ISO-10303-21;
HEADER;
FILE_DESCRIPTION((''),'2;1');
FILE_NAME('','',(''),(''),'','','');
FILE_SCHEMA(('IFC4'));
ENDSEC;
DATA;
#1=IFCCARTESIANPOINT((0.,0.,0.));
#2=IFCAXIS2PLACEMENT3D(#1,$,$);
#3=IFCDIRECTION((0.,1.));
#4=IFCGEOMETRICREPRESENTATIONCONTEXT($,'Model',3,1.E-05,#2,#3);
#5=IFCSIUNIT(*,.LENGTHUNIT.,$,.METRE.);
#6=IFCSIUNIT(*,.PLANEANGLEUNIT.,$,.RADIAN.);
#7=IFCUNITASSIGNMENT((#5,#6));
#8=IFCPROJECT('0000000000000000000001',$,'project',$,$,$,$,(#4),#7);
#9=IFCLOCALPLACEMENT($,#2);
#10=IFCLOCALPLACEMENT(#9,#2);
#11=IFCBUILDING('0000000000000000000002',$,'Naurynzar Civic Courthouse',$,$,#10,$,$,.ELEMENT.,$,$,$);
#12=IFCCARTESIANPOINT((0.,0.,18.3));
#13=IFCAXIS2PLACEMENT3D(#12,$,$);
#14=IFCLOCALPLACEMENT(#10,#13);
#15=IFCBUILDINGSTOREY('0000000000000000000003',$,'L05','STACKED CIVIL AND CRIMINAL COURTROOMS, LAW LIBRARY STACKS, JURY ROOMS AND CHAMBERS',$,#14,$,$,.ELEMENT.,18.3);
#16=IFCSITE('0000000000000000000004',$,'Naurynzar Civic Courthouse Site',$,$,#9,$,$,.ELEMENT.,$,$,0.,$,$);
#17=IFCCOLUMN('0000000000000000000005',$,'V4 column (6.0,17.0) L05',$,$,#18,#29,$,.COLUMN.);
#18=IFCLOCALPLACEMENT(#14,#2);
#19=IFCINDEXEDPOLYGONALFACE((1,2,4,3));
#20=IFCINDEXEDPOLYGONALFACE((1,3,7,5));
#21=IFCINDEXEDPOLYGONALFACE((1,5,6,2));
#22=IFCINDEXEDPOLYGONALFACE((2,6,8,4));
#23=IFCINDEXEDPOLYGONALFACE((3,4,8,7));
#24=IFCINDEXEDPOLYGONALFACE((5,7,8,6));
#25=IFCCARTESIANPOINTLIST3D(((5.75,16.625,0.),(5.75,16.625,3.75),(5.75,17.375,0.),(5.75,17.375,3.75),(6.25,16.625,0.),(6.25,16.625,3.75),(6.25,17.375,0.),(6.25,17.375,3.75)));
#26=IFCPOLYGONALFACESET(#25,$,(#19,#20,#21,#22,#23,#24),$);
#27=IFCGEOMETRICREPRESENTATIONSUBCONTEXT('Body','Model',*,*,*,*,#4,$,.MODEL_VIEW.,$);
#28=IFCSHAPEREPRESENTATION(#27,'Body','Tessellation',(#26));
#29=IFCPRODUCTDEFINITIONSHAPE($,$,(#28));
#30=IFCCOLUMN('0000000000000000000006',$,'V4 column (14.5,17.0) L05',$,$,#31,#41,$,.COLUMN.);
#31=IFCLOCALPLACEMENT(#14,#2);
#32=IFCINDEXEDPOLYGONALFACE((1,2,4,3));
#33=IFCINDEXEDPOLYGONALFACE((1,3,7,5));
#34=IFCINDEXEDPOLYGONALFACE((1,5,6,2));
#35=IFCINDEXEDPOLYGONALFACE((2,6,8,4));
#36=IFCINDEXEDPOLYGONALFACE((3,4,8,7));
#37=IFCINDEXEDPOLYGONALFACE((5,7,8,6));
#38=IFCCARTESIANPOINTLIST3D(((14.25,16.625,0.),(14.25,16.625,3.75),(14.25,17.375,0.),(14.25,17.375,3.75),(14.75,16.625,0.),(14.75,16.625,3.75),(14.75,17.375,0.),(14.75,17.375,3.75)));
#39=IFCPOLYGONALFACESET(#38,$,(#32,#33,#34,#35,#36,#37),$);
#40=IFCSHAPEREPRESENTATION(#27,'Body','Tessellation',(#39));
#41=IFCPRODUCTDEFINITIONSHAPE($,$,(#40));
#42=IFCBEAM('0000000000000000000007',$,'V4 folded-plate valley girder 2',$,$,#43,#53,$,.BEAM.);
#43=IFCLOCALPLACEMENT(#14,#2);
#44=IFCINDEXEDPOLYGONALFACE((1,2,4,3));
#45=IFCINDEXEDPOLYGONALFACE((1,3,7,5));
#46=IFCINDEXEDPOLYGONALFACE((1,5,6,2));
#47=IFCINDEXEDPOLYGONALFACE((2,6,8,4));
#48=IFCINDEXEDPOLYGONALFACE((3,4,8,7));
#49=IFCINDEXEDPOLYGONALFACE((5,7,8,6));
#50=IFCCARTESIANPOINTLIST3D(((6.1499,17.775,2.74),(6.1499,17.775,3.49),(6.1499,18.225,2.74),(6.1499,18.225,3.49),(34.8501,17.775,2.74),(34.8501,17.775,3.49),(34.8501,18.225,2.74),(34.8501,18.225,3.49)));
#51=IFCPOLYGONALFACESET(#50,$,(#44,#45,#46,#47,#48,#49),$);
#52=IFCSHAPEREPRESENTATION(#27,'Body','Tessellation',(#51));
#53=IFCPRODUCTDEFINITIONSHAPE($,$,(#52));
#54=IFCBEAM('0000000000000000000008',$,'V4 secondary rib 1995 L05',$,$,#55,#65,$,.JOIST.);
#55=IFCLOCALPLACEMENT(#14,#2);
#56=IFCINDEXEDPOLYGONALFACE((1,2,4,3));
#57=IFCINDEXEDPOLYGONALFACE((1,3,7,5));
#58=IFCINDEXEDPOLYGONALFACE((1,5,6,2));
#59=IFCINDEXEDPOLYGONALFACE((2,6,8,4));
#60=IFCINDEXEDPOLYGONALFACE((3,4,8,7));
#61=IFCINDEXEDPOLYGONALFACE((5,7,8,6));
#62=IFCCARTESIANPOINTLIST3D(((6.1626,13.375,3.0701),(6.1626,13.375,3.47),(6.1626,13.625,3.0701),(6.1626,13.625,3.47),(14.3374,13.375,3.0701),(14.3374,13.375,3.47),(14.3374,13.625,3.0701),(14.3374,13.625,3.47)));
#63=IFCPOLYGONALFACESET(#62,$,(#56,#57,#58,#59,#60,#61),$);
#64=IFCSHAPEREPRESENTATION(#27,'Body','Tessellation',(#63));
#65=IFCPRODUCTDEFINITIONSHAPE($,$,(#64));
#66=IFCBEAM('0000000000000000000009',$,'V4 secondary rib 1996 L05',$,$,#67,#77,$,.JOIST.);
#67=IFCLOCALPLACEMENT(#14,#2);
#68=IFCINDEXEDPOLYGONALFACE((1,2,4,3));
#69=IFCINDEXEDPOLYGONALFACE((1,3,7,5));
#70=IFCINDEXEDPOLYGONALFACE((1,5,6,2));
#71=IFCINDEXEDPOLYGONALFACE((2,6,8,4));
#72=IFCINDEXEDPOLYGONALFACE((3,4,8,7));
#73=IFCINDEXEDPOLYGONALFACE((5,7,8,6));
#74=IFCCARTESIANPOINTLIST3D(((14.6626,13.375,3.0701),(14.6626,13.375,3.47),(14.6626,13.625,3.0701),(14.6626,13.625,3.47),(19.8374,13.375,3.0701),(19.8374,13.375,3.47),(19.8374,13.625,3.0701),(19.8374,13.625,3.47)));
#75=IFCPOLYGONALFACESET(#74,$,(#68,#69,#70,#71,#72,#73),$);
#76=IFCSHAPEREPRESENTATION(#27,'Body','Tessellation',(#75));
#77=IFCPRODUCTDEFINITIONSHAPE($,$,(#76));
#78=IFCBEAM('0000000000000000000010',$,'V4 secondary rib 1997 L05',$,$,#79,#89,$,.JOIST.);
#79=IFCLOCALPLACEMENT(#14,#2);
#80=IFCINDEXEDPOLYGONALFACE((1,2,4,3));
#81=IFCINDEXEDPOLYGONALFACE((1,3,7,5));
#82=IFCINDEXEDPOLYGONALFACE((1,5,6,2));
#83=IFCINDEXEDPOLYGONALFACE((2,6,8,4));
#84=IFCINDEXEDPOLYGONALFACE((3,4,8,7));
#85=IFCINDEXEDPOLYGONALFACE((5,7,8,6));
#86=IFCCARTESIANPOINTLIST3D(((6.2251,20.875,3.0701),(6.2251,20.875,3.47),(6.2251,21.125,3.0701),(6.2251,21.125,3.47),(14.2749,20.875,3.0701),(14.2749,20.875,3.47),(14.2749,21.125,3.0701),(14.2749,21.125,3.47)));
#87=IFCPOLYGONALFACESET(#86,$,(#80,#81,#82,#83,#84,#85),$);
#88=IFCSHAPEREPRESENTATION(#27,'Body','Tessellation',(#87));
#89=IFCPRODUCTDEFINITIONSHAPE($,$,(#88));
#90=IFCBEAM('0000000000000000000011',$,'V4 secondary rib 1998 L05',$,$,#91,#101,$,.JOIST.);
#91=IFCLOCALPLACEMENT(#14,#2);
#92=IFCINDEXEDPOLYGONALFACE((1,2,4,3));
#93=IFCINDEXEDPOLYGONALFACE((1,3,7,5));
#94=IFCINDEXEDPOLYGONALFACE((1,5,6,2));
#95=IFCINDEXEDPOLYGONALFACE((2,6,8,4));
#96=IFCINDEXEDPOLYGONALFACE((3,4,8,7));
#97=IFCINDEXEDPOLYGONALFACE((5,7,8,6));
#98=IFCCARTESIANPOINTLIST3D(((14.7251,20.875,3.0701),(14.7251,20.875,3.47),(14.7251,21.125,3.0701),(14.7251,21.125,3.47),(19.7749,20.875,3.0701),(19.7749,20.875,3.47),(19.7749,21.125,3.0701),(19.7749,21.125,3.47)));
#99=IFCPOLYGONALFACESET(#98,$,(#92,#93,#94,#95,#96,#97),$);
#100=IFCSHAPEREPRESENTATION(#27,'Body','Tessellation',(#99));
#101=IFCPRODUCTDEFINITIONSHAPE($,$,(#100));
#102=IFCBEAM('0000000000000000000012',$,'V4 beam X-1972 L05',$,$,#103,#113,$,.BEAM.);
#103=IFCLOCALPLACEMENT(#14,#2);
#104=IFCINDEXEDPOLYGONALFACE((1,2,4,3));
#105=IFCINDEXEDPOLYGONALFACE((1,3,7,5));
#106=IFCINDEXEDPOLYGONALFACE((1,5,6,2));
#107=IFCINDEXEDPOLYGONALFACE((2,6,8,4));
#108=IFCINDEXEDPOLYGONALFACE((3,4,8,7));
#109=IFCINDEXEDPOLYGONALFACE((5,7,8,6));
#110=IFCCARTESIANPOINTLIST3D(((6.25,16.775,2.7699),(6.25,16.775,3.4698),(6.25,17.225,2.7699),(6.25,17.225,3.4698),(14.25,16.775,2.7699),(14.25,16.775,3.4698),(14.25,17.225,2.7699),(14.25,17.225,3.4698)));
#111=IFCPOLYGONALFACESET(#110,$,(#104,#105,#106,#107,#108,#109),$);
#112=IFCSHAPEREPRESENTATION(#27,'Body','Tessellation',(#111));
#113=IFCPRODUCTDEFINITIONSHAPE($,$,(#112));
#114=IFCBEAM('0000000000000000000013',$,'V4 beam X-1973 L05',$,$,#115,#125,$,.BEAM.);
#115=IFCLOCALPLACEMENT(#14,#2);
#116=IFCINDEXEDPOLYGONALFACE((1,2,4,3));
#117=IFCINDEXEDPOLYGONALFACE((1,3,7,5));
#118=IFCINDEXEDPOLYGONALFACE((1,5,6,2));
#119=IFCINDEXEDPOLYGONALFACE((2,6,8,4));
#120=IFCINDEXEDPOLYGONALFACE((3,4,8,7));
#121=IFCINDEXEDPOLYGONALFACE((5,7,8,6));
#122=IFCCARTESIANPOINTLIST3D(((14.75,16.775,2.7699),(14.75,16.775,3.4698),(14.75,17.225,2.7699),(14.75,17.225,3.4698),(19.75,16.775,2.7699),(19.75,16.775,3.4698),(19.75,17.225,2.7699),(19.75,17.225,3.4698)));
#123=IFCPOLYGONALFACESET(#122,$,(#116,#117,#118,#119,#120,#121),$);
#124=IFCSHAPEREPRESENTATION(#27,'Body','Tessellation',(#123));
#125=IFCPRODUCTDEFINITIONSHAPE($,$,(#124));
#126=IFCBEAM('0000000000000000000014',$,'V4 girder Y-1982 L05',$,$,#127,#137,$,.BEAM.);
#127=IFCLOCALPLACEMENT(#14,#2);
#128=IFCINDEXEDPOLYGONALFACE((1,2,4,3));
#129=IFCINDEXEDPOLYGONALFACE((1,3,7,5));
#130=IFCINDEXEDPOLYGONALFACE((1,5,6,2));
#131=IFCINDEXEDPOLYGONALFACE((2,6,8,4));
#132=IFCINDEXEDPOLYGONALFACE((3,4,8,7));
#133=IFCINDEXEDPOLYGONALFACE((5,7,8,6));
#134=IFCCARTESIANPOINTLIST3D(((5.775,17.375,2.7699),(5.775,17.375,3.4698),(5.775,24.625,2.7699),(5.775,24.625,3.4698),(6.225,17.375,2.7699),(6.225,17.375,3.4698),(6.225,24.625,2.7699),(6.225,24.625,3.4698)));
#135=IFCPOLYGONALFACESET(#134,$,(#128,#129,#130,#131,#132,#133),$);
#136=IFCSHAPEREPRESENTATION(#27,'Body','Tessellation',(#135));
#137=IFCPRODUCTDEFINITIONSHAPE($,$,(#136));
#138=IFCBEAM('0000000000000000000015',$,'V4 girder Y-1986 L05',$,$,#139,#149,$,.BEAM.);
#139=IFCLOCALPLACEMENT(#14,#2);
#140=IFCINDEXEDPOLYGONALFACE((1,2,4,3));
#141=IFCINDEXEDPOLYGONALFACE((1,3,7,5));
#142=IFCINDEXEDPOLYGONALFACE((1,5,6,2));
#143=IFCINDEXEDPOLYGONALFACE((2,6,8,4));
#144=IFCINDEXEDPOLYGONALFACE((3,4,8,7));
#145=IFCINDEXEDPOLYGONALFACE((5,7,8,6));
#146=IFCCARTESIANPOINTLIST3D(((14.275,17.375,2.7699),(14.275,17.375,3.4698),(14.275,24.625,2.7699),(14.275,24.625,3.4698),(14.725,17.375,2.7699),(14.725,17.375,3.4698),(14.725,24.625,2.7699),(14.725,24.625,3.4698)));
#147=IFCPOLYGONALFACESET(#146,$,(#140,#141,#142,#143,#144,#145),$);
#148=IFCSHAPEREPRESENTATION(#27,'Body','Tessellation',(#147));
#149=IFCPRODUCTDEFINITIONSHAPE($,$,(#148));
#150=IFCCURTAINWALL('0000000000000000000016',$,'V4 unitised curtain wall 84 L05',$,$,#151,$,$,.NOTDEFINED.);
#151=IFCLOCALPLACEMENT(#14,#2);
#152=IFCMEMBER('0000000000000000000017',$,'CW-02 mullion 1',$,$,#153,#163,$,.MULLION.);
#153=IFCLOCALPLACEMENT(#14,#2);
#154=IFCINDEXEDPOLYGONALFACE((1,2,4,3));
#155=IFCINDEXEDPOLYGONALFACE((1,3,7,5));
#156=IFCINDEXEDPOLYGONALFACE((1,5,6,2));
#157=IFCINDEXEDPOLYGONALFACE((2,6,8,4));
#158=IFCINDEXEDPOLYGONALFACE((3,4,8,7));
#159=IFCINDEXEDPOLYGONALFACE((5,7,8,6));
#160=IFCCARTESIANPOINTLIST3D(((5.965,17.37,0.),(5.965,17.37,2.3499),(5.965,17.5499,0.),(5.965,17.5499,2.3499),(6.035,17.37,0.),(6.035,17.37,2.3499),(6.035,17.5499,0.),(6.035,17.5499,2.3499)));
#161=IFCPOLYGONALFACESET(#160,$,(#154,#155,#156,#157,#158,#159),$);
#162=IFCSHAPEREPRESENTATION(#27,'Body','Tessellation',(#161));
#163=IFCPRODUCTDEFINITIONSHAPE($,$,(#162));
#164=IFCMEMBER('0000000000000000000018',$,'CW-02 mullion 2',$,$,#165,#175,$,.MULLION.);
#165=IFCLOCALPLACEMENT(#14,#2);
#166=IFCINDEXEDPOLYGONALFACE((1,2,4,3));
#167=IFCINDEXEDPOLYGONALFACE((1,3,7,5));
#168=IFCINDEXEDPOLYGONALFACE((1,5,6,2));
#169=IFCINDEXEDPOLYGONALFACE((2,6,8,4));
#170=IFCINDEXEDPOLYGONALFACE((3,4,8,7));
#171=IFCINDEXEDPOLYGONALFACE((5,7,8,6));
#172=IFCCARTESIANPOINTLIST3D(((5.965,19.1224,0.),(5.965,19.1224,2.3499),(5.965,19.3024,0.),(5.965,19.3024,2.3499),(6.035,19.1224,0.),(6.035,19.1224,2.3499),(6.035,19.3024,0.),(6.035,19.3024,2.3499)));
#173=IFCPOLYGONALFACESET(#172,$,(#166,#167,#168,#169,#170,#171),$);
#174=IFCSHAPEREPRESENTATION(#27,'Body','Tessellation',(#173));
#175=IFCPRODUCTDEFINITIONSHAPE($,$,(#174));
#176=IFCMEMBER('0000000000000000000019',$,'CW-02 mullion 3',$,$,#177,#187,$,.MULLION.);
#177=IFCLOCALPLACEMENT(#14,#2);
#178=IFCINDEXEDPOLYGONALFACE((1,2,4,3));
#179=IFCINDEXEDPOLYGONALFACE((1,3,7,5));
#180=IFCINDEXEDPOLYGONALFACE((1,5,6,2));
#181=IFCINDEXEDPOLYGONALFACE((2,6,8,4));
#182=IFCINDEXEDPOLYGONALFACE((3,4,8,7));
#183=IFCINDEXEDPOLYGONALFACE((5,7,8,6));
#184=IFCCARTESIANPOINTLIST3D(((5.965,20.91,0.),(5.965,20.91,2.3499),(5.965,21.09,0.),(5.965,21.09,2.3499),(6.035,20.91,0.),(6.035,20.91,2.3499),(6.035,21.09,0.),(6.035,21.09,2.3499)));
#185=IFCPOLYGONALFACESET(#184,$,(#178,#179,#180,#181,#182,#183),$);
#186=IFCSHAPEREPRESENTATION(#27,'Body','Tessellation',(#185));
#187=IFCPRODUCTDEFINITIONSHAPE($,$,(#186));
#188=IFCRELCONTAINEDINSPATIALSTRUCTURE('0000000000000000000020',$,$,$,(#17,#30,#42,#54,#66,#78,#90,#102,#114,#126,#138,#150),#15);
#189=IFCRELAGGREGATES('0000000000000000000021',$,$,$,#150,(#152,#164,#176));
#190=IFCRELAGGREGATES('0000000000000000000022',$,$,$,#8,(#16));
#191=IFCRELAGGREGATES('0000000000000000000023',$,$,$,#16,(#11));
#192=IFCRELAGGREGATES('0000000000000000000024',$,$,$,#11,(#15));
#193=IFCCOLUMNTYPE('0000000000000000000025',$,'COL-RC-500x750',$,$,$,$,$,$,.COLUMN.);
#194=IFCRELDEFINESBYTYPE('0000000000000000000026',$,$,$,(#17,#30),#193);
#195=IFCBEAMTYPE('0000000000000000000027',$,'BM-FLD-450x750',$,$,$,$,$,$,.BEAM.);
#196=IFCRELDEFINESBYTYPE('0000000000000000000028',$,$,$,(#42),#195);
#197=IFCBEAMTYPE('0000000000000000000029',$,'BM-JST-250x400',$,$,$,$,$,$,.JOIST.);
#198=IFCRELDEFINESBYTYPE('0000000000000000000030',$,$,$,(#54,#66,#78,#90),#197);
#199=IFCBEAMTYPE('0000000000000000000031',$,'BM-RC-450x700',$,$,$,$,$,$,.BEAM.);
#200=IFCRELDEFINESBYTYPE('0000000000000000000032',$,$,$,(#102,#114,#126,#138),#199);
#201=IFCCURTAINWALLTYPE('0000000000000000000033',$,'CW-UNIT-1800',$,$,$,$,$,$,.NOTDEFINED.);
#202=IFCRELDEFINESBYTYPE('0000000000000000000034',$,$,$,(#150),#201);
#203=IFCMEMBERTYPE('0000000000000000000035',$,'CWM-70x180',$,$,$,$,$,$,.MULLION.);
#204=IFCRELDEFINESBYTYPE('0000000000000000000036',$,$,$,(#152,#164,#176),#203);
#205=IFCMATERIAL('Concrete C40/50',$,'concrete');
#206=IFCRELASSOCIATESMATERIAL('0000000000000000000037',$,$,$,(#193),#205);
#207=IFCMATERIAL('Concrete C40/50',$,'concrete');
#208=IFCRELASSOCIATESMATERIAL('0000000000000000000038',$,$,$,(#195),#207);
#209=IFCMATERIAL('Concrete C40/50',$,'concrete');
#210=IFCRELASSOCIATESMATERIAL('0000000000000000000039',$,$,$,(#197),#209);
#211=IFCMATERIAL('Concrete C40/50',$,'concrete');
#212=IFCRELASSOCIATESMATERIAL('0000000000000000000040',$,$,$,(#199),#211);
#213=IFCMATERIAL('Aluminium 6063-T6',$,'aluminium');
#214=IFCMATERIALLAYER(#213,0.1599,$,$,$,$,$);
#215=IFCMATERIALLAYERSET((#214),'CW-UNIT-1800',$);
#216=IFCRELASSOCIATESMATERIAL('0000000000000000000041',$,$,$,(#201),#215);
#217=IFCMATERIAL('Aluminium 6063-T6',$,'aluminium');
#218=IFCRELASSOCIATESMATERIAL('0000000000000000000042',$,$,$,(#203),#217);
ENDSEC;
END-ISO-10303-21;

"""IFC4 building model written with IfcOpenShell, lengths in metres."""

from ifc_helpers import new_model, si_unit, direction, frame, origin, origin_2d, place, context, subcontext, project, spatial, rectangle, extrude, material, layer, layer_set, material_profile, profile_set, type_object, element, aggregate, save


model = new_model("IFC4")

# Units and contexts
model_context = context("Model", 3, precision=1e-05, world=origin(), true_north=direction((0.0, 1.0)))
body_context = subcontext(model_context, "Body", "Model", "MODEL_VIEW")
ifc_project = project(units=[si_unit("LENGTHUNIT", "METRE"), si_unit("PLANEANGLEUNIT", "RADIAN")], contexts=[model_context])

# Site, building, storey
site_placement = place(None, origin())
site = spatial("IfcSite", under=ifc_project, at=site_placement, Name="Naurynzar Civic Courthouse Site", CompositionType="ELEMENT", RefElevation=0.0)
building_placement = place(site_placement, origin())
building = spatial("IfcBuilding", under=site, at=building_placement, Name="Naurynzar Civic Courthouse", CompositionType="ELEMENT")
storey_placement = place(building_placement, frame((0.0, 0.0, 18.3)))
storey = spatial("IfcBuildingStorey", under=building, at=storey_placement, Name="L05", Description="STACKED CIVIL AND CRIMINAL COURTROOMS, LAW LIBRARY STACKS, JURY ROOMS AND CHAMBERS", CompositionType="ELEMENT", Elevation=18.3)

# Columns
ifc_material_1 = material(Name="Concrete C40/50", Category="concrete")
ifc_material_profile_1 = material_profile(ifc_material_1, rectangle(XDim=0.5, YDim=0.75, at=origin_2d()), Name="RC 500x750")
ifc_profile_set_1 = profile_set([ifc_material_profile_1], Name="Concrete C40/50")
column_type = type_object("IfcColumnType", Name="COL-RC-500x750", PredefinedType="COLUMN", material=ifc_profile_set_1)
for number, where, z_axis, x_axis, name in (
    (1, (6.0, 17.0, 0.0), (0.0, 0.0, 1.0), (1.0, 0.0, 0.0), "V4 column (6.0,17.0) L05"),
    (2, (14.5, 17.0, 0.0), (0.0, 0.0, 1.0), (1.0, 0.0, 0.0), "V4 column (14.5,17.0) L05"),
):
    element("IfcColumn", number, at=place(storey_placement, frame(where, z_axis=z_axis, x_axis=x_axis)), inside=storey, type_object=column_type, Name=name, PredefinedType="COLUMN", context=body_context, shape_type="SweptSolid", body=[
        extrude(rectangle(XDim=0.5, YDim=0.75, at=origin_2d()), origin(), (0.0, 0.0, 1.0), 3.75),
    ])

# Beams
ifc_material_2 = material(Name="Concrete C40/50", Category="concrete")
ifc_material_profile_2 = material_profile(ifc_material_2, rectangle(XDim=0.45, YDim=0.75, at=origin_2d()), Name="RCF 450x750")
ifc_profile_set_2 = profile_set([ifc_material_profile_2], Name="Concrete C40/50")
beam_type_1 = type_object("IfcBeamType", Name="BM-FLD-450x750", PredefinedType="BEAM", material=ifc_profile_set_2)
beam_1_placement = place(storey_placement, frame((6.1499, 18.0, 3.115), z_axis=(1.0, 0.0, 0.0), x_axis=(0.0, 1.0, 0.0)))
element("IfcBeam", 3, at=beam_1_placement, inside=storey, type_object=beam_type_1, Name="V4 folded-plate valley girder 2", PredefinedType="BEAM", context=body_context, shape_type="SweptSolid", body=[
    extrude(rectangle(XDim=0.45, YDim=0.75, at=origin_2d()), origin(), (0.0, 0.0, 1.0), 28.7002),
])
ifc_material_3 = material(Name="Concrete C40/50", Category="concrete")
ifc_material_profile_3 = material_profile(ifc_material_3, rectangle(XDim=0.25, YDim=0.3999, at=origin_2d()), Name="RCB 250x400")
ifc_profile_set_3 = profile_set([ifc_material_profile_3], Name="Concrete C40/50")
beam_type_2 = type_object("IfcBeamType", Name="BM-JST-250x400", PredefinedType="JOIST", material=ifc_profile_set_3)
beam_2_placement = place(storey_placement, frame((6.1626, 13.5, 3.27), z_axis=(1.0, 0.0, 0.0), x_axis=(0.0, 1.0, 0.0)))
element("IfcBeam", 4, at=beam_2_placement, inside=storey, type_object=beam_type_2, Name="V4 secondary rib 1995 L05", PredefinedType="JOIST", context=body_context, shape_type="SweptSolid", body=[
    extrude(rectangle(XDim=0.25, YDim=0.3999, at=origin_2d()), origin(), (0.0, 0.0, 1.0), 8.1748),
])
beam_3_placement = place(storey_placement, frame((14.6626, 13.5, 3.27), z_axis=(1.0, 0.0, 0.0), x_axis=(0.0, 1.0, 0.0)))
element("IfcBeam", 5, at=beam_3_placement, inside=storey, type_object=beam_type_2, Name="V4 secondary rib 1996 L05", PredefinedType="JOIST", context=body_context, shape_type="SweptSolid", body=[
    extrude(rectangle(XDim=0.25, YDim=0.3999, at=origin_2d()), origin(), (0.0, 0.0, 1.0), 5.1748),
])
beam_4_placement = place(storey_placement, frame((6.2251, 21.0, 3.27), z_axis=(1.0, 0.0, 0.0), x_axis=(0.0, 1.0, 0.0)))
element("IfcBeam", 6, at=beam_4_placement, inside=storey, type_object=beam_type_2, Name="V4 secondary rib 1997 L05", PredefinedType="JOIST", context=body_context, shape_type="SweptSolid", body=[
    extrude(rectangle(XDim=0.25, YDim=0.3999, at=origin_2d()), origin(), (0.0, 0.0, 1.0), 8.0498),
])
beam_5_placement = place(storey_placement, frame((14.7251, 21.0, 3.27), z_axis=(1.0, 0.0, 0.0), x_axis=(0.0, 1.0, 0.0)))
element("IfcBeam", 7, at=beam_5_placement, inside=storey, type_object=beam_type_2, Name="V4 secondary rib 1998 L05", PredefinedType="JOIST", context=body_context, shape_type="SweptSolid", body=[
    extrude(rectangle(XDim=0.25, YDim=0.3999, at=origin_2d()), origin(), (0.0, 0.0, 1.0), 5.0498),
])
ifc_material_4 = material(Name="Concrete C40/50", Category="concrete")
ifc_material_profile_4 = material_profile(ifc_material_4, rectangle(XDim=0.45, YDim=0.7, at=origin_2d()), Name="RCB 450x700")
ifc_profile_set_4 = profile_set([ifc_material_profile_4], Name="Concrete C40/50")
beam_type_3 = type_object("IfcBeamType", Name="BM-RC-450x700", PredefinedType="BEAM", material=ifc_profile_set_4)
beam_6_placement = place(storey_placement, frame((6.25, 17.0, 3.1199), z_axis=(1.0, 0.0, 0.0), x_axis=(0.0, 1.0, 0.0)))
element("IfcBeam", 8, at=beam_6_placement, inside=storey, type_object=beam_type_3, Name="V4 beam X-1972 L05", PredefinedType="BEAM", context=body_context, shape_type="SweptSolid", body=[
    extrude(rectangle(XDim=0.45, YDim=0.7, at=origin_2d()), origin(), (0.0, 0.0, 1.0), 8.0),
])
beam_7_placement = place(storey_placement, frame((14.75, 17.0, 3.1199), z_axis=(1.0, 0.0, 0.0), x_axis=(0.0, 1.0, 0.0)))
element("IfcBeam", 9, at=beam_7_placement, inside=storey, type_object=beam_type_3, Name="V4 beam X-1973 L05", PredefinedType="BEAM", context=body_context, shape_type="SweptSolid", body=[
    extrude(rectangle(XDim=0.45, YDim=0.7, at=origin_2d()), origin(), (0.0, 0.0, 1.0), 5.0),
])
for number, where, z_axis, x_axis, name in (
    (10, (6.0, 17.375, 3.1199), (0.0, 1.0, 0.0), (-1.0, 0.0, 0.0), "V4 girder Y-1982 L05"),
    (11, (14.5, 17.375, 3.1199), (0.0, 1.0, 0.0), (-1.0, 0.0, 0.0), "V4 girder Y-1986 L05"),
):
    element("IfcBeam", number, at=place(storey_placement, frame(where, z_axis=z_axis, x_axis=x_axis)), inside=storey, type_object=beam_type_3, Name=name, PredefinedType="BEAM", context=body_context, shape_type="SweptSolid", body=[
        extrude(rectangle(XDim=0.45, YDim=0.7, at=origin_2d()), origin(), (0.0, 0.0, 1.0), 7.25),
    ])

# Curtain wall, members
ifc_material_5 = material(Name="Aluminium 6063-T6", Category="aluminium")
ifc_layer_1 = layer(ifc_material_5, 0.1599)
ifc_layer_set_1 = layer_set([ifc_layer_1], Name="CW-UNIT-1800")
curtain_wall_type = type_object("IfcCurtainWallType", Name="CW-UNIT-1800", PredefinedType="NOTDEFINED", material=ifc_layer_set_1)
curtain_wall_placement = place(storey_placement, origin())
curtain_wall = element("IfcCurtainWall", 12, at=curtain_wall_placement, inside=storey, type_object=curtain_wall_type, Name="V4 unitised curtain wall 84 L05", PredefinedType="NOTDEFINED")
ifc_material_6 = material(Name="Aluminium 6063-T6", Category="aluminium")
ifc_material_profile_5 = material_profile(ifc_material_6, rectangle(XDim=0.0701, YDim=0.1799, at=origin_2d()), Name="ALU MULLION 70x180")
ifc_profile_set_5 = profile_set([ifc_material_profile_5], Name="Aluminium 6063-T6")
member_type_1 = type_object("IfcMemberType", Name="CWM-70x180", PredefinedType="MULLION", material=ifc_profile_set_5)
member_1_placement = place(storey_placement, frame((6.0, 17.46, 0.0), z_axis=(0.0, 0.0, 1.0), x_axis=(-1.0, 0.0, 0.0)))
member_1 = element("IfcMember", 13, at=member_1_placement, type_object=member_type_1, Name="CW-02 mullion 1", PredefinedType="MULLION", context=body_context, shape_type="SweptSolid", body=[
    extrude(rectangle(XDim=0.0701, YDim=0.1799, at=origin_2d()), origin(), (0.0, 0.0, 1.0), 2.3499),
])
member_2_placement = place(storey_placement, frame((6.0, 19.2124, 0.0), z_axis=(0.0, 0.0, 1.0), x_axis=(-1.0, 0.0, 0.0)))
member_2 = element("IfcMember", 14, at=member_2_placement, type_object=member_type_1, Name="CW-02 mullion 2", PredefinedType="MULLION", context=body_context, shape_type="SweptSolid", body=[
    extrude(rectangle(XDim=0.0701, YDim=0.1799, at=origin_2d()), origin(), (0.0, 0.0, 1.0), 2.3499),
])
member_3_placement = place(storey_placement, frame((6.0, 21.0, 0.0), z_axis=(0.0, 0.0, 1.0), x_axis=(-1.0, 0.0, 0.0)))
member_3 = element("IfcMember", 15, at=member_3_placement, type_object=member_type_1, Name="CW-02 mullion 3", PredefinedType="MULLION", context=body_context, shape_type="SweptSolid", body=[
    extrude(rectangle(XDim=0.0701, YDim=0.1799, at=origin_2d()), origin(), (0.0, 0.0, 1.0), 2.3499),
])

aggregate(curtain_wall, [member_1, member_2, member_3])

save(model, "model.ifc")
